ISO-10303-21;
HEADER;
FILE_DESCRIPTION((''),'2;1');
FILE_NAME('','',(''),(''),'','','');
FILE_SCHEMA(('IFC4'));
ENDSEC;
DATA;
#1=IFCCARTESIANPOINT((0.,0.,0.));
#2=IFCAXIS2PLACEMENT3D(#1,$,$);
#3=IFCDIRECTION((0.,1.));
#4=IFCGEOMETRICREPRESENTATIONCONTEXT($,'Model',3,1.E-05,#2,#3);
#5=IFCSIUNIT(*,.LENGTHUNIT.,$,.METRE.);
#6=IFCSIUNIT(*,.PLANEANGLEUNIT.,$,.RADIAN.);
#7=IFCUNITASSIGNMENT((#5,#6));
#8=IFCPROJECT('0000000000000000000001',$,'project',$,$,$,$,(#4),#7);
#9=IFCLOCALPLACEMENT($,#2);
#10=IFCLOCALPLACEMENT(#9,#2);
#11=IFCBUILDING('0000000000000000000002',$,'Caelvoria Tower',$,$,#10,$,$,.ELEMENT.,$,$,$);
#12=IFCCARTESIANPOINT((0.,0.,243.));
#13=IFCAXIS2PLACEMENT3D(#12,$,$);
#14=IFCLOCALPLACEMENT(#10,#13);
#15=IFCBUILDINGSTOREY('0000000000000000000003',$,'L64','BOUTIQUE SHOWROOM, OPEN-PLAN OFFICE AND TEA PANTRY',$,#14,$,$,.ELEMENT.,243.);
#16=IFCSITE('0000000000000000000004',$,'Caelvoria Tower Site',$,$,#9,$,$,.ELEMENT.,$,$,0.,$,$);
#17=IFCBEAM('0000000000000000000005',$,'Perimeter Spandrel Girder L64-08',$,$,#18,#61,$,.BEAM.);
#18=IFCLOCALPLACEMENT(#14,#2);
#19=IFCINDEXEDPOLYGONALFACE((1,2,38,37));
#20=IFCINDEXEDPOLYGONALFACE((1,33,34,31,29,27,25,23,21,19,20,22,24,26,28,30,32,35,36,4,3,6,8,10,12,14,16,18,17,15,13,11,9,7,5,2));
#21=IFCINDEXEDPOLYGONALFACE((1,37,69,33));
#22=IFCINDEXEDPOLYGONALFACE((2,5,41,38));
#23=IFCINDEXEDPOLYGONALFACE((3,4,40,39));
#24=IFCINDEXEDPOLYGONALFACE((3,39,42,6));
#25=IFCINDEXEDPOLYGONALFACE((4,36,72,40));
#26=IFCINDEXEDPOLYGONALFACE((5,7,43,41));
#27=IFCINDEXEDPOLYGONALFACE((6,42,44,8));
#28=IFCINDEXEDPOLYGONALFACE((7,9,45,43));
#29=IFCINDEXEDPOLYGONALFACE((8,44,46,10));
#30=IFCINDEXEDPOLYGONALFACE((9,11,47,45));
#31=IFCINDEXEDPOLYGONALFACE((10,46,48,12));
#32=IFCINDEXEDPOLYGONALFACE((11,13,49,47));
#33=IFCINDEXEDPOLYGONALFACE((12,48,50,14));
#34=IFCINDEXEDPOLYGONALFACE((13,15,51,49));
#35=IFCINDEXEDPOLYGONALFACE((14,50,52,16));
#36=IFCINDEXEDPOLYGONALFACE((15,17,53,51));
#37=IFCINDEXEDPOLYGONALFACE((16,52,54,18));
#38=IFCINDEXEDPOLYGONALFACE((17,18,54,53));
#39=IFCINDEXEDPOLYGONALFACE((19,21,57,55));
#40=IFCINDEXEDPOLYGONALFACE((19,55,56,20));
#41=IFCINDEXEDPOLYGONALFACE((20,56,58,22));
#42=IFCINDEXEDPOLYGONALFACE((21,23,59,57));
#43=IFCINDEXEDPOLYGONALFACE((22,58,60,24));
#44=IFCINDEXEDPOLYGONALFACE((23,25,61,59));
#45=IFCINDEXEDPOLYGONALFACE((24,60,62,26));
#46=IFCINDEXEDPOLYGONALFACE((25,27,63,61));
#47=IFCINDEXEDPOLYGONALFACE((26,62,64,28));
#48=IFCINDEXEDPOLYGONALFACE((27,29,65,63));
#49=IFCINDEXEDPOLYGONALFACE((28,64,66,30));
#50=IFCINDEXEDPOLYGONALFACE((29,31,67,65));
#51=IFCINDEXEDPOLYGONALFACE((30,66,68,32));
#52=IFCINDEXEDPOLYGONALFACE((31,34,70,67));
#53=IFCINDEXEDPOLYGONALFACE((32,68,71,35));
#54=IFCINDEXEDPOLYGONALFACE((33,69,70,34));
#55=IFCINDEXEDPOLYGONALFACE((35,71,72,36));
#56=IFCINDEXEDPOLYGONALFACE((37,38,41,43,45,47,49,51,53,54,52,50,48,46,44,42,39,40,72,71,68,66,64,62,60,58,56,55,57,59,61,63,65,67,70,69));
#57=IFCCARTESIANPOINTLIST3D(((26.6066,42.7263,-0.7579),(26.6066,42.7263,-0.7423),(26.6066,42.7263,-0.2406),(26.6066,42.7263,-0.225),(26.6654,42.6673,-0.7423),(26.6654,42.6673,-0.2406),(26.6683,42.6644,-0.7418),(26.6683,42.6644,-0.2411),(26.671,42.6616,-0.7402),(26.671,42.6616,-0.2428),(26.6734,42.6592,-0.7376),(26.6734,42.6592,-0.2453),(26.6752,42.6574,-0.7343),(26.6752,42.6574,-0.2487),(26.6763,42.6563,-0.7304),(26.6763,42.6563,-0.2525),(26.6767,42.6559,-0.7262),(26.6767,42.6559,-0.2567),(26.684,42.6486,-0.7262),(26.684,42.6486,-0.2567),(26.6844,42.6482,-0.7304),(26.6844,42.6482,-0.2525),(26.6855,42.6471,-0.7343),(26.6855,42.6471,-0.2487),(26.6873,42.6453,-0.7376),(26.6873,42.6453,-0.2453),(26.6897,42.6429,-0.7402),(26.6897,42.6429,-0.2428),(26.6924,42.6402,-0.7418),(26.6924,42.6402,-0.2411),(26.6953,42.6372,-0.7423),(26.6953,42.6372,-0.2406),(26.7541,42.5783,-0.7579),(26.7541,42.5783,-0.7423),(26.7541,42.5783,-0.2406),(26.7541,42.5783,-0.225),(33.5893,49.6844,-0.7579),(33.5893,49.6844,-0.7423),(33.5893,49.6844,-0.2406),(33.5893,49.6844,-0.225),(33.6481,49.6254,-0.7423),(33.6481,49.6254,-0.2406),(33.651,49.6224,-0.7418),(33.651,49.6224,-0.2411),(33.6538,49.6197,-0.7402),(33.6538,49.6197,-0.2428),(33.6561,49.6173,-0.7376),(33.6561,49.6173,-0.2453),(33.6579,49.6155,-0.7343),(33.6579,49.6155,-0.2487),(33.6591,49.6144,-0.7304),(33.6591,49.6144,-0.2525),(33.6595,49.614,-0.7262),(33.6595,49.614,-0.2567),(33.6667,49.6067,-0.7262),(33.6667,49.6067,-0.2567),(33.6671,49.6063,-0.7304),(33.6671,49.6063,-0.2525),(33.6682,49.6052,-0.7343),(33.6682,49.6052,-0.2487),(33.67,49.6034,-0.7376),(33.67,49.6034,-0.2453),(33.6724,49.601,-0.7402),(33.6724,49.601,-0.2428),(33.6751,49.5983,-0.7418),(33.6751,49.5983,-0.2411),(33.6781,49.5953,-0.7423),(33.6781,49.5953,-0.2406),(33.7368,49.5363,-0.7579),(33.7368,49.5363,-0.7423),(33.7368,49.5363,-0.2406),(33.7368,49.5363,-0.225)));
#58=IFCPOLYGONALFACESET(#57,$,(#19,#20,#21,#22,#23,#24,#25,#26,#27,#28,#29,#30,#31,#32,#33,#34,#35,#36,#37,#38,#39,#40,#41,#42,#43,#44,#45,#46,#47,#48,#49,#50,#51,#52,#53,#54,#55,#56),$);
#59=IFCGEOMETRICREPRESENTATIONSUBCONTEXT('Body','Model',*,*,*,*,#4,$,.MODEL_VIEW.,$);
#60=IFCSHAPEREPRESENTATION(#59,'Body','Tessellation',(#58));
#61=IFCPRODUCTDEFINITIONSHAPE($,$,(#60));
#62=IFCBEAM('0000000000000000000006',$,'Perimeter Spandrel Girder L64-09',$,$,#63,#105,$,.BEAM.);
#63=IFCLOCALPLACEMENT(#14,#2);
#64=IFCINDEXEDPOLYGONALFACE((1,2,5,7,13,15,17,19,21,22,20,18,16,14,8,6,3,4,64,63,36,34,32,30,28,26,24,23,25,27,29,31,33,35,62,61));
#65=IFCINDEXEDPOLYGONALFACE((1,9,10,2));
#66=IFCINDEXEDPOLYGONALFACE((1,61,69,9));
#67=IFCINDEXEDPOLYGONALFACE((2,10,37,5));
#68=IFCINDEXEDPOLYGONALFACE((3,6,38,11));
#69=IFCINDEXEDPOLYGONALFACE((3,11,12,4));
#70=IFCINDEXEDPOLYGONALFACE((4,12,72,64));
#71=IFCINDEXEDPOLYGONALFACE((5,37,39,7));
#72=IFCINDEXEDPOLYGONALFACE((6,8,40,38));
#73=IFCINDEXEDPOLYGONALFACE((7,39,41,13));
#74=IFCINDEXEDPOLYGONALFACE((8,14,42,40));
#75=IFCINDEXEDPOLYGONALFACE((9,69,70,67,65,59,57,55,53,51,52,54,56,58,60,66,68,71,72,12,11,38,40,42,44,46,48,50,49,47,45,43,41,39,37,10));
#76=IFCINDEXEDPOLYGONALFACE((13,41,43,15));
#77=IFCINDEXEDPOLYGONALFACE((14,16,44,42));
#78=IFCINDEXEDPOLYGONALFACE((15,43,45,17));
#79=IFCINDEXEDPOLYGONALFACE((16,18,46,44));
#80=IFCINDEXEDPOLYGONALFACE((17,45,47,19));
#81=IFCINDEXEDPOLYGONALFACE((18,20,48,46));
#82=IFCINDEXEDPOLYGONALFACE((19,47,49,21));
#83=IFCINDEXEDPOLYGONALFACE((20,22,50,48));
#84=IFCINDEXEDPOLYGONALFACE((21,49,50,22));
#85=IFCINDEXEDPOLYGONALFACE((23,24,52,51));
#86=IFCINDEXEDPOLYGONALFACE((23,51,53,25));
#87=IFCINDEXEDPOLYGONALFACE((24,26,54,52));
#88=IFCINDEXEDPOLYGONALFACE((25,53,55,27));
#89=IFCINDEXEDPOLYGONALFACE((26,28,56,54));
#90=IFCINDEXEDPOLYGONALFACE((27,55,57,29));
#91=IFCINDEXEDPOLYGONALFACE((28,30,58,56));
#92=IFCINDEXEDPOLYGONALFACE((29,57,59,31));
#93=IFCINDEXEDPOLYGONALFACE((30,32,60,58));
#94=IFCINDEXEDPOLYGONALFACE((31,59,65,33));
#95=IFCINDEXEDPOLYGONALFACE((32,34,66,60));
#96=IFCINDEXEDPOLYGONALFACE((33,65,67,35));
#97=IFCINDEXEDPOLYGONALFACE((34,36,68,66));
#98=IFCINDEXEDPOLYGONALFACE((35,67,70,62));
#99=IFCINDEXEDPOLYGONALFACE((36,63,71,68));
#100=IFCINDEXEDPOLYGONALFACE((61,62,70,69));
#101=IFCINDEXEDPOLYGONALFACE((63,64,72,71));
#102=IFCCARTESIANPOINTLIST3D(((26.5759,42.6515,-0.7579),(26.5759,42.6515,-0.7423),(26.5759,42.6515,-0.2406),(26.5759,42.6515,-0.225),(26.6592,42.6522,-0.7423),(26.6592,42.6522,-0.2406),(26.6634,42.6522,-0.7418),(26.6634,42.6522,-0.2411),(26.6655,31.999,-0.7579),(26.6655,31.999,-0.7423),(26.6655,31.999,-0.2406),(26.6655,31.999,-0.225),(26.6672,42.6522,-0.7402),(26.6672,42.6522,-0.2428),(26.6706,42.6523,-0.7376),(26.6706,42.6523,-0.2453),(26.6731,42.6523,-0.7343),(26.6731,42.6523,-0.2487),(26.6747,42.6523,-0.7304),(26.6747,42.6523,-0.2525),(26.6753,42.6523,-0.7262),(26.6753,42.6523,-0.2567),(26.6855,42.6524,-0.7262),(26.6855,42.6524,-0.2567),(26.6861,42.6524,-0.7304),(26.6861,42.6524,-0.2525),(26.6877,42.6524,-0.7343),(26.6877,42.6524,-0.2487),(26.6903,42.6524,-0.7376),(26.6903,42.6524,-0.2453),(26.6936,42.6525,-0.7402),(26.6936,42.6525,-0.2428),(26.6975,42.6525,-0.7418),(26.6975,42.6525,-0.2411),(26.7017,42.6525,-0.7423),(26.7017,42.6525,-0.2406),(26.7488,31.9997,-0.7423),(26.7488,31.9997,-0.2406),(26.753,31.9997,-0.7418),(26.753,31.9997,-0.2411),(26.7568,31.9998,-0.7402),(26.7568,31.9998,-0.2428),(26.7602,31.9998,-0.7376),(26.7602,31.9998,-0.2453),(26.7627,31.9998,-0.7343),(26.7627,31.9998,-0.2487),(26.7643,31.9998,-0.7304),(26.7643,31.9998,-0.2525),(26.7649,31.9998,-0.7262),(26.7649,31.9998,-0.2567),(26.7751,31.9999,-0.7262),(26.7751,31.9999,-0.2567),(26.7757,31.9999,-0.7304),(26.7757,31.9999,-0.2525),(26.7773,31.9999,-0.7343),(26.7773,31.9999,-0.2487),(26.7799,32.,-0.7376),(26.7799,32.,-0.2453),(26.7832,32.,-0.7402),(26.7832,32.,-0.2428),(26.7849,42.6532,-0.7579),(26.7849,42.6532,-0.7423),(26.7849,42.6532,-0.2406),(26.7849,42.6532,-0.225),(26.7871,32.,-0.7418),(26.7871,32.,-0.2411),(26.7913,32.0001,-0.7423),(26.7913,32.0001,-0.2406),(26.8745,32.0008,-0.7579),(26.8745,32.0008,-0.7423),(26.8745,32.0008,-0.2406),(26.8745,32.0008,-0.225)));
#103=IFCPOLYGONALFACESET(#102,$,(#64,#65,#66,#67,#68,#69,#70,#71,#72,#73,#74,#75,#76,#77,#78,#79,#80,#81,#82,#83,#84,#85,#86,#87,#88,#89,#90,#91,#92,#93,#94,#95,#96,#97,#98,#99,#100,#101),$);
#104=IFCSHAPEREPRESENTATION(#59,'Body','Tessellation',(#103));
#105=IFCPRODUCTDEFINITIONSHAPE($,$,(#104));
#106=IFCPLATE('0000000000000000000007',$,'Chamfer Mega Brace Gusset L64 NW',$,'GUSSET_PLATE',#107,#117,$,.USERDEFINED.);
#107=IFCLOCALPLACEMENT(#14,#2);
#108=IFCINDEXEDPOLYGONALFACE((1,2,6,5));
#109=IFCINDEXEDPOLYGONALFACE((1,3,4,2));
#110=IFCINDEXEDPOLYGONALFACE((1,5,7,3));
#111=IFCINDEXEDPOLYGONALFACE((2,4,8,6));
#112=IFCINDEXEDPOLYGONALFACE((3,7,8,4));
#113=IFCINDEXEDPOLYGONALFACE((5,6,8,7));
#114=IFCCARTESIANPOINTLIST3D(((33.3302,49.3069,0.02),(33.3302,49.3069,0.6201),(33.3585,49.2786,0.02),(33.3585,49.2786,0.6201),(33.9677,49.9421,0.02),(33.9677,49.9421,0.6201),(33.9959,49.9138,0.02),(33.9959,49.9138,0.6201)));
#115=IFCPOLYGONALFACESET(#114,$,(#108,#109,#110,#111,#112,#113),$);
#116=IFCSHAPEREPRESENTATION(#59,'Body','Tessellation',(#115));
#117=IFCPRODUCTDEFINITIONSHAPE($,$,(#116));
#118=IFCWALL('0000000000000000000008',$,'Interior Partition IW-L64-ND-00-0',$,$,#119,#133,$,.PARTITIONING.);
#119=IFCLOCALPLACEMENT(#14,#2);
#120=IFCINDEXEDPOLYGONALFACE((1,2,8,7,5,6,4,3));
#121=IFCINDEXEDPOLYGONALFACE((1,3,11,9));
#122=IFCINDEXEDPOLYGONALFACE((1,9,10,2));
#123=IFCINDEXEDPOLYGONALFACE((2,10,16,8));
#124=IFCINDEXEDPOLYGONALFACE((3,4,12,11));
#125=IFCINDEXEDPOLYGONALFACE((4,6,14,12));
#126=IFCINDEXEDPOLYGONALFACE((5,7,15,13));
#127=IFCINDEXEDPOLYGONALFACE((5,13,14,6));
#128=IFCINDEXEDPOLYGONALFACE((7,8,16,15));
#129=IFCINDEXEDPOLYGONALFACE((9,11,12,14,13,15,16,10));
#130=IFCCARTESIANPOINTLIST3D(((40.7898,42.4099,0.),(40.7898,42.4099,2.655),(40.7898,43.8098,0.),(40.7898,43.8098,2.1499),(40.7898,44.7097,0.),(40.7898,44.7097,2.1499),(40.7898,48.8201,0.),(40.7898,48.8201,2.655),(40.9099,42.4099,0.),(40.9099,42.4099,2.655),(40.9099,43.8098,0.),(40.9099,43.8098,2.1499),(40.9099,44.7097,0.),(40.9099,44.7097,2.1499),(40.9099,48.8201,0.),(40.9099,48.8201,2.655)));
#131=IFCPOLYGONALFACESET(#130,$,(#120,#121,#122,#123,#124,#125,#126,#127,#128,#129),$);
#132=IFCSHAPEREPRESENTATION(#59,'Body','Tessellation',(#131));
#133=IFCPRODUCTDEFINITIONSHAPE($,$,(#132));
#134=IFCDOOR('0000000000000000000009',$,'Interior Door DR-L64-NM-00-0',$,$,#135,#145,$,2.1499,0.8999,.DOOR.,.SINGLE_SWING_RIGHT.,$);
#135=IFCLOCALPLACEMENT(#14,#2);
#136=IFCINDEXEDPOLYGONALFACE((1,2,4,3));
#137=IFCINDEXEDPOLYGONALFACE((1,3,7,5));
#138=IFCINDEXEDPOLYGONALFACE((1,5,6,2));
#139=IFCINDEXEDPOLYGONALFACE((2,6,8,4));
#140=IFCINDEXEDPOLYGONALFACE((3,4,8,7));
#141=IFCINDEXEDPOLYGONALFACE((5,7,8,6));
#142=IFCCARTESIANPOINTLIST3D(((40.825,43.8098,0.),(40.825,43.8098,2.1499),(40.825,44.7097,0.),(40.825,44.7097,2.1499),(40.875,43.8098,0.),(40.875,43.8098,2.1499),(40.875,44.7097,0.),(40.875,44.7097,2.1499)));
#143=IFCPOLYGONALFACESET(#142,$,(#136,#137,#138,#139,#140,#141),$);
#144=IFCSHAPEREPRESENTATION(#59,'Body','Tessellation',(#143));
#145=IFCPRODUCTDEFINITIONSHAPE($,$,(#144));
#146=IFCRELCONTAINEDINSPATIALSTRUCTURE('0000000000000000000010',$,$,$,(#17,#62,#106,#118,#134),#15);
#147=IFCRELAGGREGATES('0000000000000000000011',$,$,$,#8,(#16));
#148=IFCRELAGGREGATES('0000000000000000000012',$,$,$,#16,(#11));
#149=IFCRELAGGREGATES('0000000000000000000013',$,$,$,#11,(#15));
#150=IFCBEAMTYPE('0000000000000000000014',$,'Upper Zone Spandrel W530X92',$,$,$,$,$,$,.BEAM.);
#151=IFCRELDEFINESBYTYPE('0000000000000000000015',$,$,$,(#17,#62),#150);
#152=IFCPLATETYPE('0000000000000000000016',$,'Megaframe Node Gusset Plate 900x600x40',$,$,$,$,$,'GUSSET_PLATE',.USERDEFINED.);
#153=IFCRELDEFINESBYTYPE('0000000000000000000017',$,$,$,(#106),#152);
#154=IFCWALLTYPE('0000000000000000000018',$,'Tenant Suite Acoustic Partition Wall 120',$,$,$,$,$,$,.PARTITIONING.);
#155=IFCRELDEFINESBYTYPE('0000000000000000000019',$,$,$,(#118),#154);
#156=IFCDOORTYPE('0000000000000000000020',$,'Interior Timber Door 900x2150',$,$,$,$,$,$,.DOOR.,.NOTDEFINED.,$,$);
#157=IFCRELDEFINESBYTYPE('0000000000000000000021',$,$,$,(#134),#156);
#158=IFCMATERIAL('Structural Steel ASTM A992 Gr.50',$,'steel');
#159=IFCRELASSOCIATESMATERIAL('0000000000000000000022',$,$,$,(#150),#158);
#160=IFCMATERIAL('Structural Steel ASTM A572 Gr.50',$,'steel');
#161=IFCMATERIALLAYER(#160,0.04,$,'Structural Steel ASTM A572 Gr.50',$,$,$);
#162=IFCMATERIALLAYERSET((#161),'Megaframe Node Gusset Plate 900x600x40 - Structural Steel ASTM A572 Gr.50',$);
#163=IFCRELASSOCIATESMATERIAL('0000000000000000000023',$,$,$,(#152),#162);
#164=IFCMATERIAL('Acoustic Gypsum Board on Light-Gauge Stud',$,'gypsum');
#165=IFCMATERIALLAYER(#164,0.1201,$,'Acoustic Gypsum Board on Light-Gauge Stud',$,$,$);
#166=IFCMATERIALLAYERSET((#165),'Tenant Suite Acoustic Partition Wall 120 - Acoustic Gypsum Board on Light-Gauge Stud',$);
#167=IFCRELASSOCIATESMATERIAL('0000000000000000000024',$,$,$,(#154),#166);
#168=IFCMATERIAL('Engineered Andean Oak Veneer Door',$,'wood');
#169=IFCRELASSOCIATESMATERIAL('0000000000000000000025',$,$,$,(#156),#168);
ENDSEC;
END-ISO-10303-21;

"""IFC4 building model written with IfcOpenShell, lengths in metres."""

from ifc_helpers import new_model, si_unit, direction, frame, frame_2d, origin, origin_2d, place, context, subcontext, project, spatial, rectangle, i_section, extrude, material, layer, layer_set, material_profile, profile_set, type_object, element, fill, save


model = new_model("IFC4")

# Units and contexts
model_context = context("Model", 3, precision=1e-05, world=origin(), true_north=direction((0.0, 1.0)))
body_context = subcontext(model_context, "Body", "Model", "MODEL_VIEW")
ifc_project = project(units=[si_unit("LENGTHUNIT", "METRE"), si_unit("PLANEANGLEUNIT", "RADIAN")], contexts=[model_context])

# Site, building, storey
site_placement = place(None, origin())
site = spatial("IfcSite", under=ifc_project, at=site_placement, Name="Caelvoria Tower Site", CompositionType="ELEMENT", RefElevation=0.0)
building_placement = place(site_placement, origin())
building = spatial("IfcBuilding", under=site, at=building_placement, Name="Caelvoria Tower", CompositionType="ELEMENT")
storey_placement = place(building_placement, frame((0.0, 0.0, 243.0)))
storey = spatial("IfcBuildingStorey", under=building, at=storey_placement, Name="L64", Description="BOUTIQUE SHOWROOM, OPEN-PLAN OFFICE AND TEA PANTRY", CompositionType="ELEMENT", Elevation=243.0)

# Shared definitions
ifc_material_1 = material(Name="Structural Steel ASTM A572 Gr.50", Category="steel")

# Shared definitions
ifc_material_2 = material(Name="Structural Steel ASTM A992 Gr.50", Category="steel")

# Beams
ifc_material_profile_1 = material_profile(ifc_material_2, i_section(OverallWidth=0.209, OverallDepth=0.533, WebThickness=0.0103, FlangeThickness=0.0156, FilletRadius=0.0161, at=origin_2d()), Name="Structural Steel ASTM A992 Gr.50")
ifc_profile_set_1 = profile_set([ifc_material_profile_1], Name="W530X92 - Structural Steel ASTM A992 Gr.50")
beam_type_1 = type_object("IfcBeamType", Name="Upper Zone Spandrel W530X92", PredefinedType="BEAM", material=ifc_profile_set_1)
beam_1_placement = place(storey_placement, frame((33.6631, 49.6104, -0.4915), z_axis=(-0.708356, -0.705855, 0.0), x_axis=(0.705855, -0.708356, 0.0)))
element("IfcBeam", 1, at=beam_1_placement, inside=storey, type_object=beam_type_1, Name="Perimeter Spandrel Girder L64-08", PredefinedType="BEAM", context=body_context, shape_type="SweptSolid", body=[
    extrude(i_section(OverallWidth=0.209, OverallDepth=0.533, WebThickness=0.0103, FlangeThickness=0.0156, FilletRadius=0.0161, at=origin_2d()), origin(), (0.0, 0.0, 1.0), 9.8577),
])
beam_2_placement = place(storey_placement, frame((26.6804, 42.6523, -0.4915), z_axis=(0.008411, -0.999965, 0.0), x_axis=(0.999965, 0.008411, 0.0)))
element("IfcBeam", 2, at=beam_2_placement, inside=storey, type_object=beam_type_1, Name="Perimeter Spandrel Girder L64-09", PredefinedType="BEAM", context=body_context, shape_type="SweptSolid", body=[
    extrude(i_section(OverallWidth=0.209, OverallDepth=0.533, WebThickness=0.0103, FlangeThickness=0.0156, FilletRadius=0.0161, at=origin_2d()), origin(), (0.0, 0.0, 1.0), 10.6528),
])

# Plate
ifc_layer_1 = layer(ifc_material_1, 0.04, Name="Structural Steel ASTM A572 Gr.50")
ifc_layer_set_1 = layer_set([ifc_layer_1], Name="Megaframe Node Gusset Plate 900x600x40 - Structural Steel ASTM A572 Gr.50")
plate_type = type_object("IfcPlateType", Name="Megaframe Node Gusset Plate 900x600x40", ElementType="GUSSET_PLATE", PredefinedType="USERDEFINED", material=ifc_layer_set_1)
plate_placement = place(storey_placement, frame((33.6631, 49.6104, 0.02), z_axis=(0.0, 0.0, 1.0), x_axis=(-0.708358, -0.705853, 0.0)))
element("IfcPlate", 3, at=plate_placement, inside=storey, type_object=plate_type, Name="Chamfer Mega Brace Gusset L64 NW", ObjectType="GUSSET_PLATE", PredefinedType="USERDEFINED", context=body_context, shape_type="SweptSolid", body=[
    extrude(rectangle(XDim=0.8999, YDim=0.04, at=origin_2d()), origin(), (0.0, 0.0, 1.0), 0.6001),
])

# Wall, opening, door
ifc_material_3 = material(Name="Acoustic Gypsum Board on Light-Gauge Stud", Category="gypsum")
ifc_layer_2 = layer(ifc_material_3, 0.1201, Name="Acoustic Gypsum Board on Light-Gauge Stud")
ifc_layer_set_2 = layer_set([ifc_layer_2], Name="Tenant Suite Acoustic Partition Wall 120 - Acoustic Gypsum Board on Light-Gauge Stud")
wall_type_1 = type_object("IfcWallType", Name="Tenant Suite Acoustic Partition Wall 120", PredefinedType="PARTITIONING", material=ifc_layer_set_2)
wall_1_placement = place(storey_placement, frame((40.8499, 42.4099, 0.0), z_axis=(0.0, 0.0, 1.0), x_axis=(0.0, 1.0, 0.0)))
wall_1 = element("IfcWall", 4, at=wall_1_placement, inside=storey, type_object=wall_type_1, Name="Interior Partition IW-L64-ND-00-0", PredefinedType="PARTITIONING", context=body_context, shape_type="SweptSolid", body=[
    extrude(rectangle(XDim=6.4102, YDim=0.1201, at=frame_2d((3.2051, 0.0))), origin(), (0.0, 0.0, 1.0), 2.655),
])
opening_1_placement = place(wall_1_placement, frame((1.3999, 0.0, 0.0)))
opening_1 = element("IfcOpeningElement", 5, at=opening_1_placement, cuts=wall_1, PredefinedType="OPENING", context=body_context, shape_type="SweptSolid", body=[
    extrude(rectangle(XDim=0.8999, YDim=2.1499, at=frame_2d((0.45, 1.075))), frame((0.0, 0.0701, 0.0), z_axis=(0.0, -1.0, 0.0), x_axis=(1.0, 0.0, 0.0)), (0.0, 0.0, 1.0), 0.1401),
])
ifc_material_4 = material(Name="Engineered Andean Oak Veneer Door", Category="wood")
door_type_1 = type_object("IfcDoorType", Name="Interior Timber Door 900x2150", OperationType="NOTDEFINED", PredefinedType="DOOR", material=ifc_material_4)
door_1_placement = place(opening_1_placement, origin())
door_1 = element("IfcDoor", 6, at=door_1_placement, inside=storey, type_object=door_type_1, Name="Interior Door DR-L64-NM-00-0", OperationType="SINGLE_SWING_RIGHT", OverallHeight=2.1499, OverallWidth=0.8999, PredefinedType="DOOR", context=body_context, shape_type="SweptSolid", body=[
    extrude(rectangle(XDim=0.8999, YDim=2.1499, at=frame_2d((0.45, 1.075))), frame((0.0, 0.0249, 0.0), z_axis=(0.0, -1.0, 0.0), x_axis=(1.0, 0.0, 0.0)), (0.0, 0.0, 1.0), 0.05),
])
fill(opening_1, door_1)

save(model, "model.ifc")
